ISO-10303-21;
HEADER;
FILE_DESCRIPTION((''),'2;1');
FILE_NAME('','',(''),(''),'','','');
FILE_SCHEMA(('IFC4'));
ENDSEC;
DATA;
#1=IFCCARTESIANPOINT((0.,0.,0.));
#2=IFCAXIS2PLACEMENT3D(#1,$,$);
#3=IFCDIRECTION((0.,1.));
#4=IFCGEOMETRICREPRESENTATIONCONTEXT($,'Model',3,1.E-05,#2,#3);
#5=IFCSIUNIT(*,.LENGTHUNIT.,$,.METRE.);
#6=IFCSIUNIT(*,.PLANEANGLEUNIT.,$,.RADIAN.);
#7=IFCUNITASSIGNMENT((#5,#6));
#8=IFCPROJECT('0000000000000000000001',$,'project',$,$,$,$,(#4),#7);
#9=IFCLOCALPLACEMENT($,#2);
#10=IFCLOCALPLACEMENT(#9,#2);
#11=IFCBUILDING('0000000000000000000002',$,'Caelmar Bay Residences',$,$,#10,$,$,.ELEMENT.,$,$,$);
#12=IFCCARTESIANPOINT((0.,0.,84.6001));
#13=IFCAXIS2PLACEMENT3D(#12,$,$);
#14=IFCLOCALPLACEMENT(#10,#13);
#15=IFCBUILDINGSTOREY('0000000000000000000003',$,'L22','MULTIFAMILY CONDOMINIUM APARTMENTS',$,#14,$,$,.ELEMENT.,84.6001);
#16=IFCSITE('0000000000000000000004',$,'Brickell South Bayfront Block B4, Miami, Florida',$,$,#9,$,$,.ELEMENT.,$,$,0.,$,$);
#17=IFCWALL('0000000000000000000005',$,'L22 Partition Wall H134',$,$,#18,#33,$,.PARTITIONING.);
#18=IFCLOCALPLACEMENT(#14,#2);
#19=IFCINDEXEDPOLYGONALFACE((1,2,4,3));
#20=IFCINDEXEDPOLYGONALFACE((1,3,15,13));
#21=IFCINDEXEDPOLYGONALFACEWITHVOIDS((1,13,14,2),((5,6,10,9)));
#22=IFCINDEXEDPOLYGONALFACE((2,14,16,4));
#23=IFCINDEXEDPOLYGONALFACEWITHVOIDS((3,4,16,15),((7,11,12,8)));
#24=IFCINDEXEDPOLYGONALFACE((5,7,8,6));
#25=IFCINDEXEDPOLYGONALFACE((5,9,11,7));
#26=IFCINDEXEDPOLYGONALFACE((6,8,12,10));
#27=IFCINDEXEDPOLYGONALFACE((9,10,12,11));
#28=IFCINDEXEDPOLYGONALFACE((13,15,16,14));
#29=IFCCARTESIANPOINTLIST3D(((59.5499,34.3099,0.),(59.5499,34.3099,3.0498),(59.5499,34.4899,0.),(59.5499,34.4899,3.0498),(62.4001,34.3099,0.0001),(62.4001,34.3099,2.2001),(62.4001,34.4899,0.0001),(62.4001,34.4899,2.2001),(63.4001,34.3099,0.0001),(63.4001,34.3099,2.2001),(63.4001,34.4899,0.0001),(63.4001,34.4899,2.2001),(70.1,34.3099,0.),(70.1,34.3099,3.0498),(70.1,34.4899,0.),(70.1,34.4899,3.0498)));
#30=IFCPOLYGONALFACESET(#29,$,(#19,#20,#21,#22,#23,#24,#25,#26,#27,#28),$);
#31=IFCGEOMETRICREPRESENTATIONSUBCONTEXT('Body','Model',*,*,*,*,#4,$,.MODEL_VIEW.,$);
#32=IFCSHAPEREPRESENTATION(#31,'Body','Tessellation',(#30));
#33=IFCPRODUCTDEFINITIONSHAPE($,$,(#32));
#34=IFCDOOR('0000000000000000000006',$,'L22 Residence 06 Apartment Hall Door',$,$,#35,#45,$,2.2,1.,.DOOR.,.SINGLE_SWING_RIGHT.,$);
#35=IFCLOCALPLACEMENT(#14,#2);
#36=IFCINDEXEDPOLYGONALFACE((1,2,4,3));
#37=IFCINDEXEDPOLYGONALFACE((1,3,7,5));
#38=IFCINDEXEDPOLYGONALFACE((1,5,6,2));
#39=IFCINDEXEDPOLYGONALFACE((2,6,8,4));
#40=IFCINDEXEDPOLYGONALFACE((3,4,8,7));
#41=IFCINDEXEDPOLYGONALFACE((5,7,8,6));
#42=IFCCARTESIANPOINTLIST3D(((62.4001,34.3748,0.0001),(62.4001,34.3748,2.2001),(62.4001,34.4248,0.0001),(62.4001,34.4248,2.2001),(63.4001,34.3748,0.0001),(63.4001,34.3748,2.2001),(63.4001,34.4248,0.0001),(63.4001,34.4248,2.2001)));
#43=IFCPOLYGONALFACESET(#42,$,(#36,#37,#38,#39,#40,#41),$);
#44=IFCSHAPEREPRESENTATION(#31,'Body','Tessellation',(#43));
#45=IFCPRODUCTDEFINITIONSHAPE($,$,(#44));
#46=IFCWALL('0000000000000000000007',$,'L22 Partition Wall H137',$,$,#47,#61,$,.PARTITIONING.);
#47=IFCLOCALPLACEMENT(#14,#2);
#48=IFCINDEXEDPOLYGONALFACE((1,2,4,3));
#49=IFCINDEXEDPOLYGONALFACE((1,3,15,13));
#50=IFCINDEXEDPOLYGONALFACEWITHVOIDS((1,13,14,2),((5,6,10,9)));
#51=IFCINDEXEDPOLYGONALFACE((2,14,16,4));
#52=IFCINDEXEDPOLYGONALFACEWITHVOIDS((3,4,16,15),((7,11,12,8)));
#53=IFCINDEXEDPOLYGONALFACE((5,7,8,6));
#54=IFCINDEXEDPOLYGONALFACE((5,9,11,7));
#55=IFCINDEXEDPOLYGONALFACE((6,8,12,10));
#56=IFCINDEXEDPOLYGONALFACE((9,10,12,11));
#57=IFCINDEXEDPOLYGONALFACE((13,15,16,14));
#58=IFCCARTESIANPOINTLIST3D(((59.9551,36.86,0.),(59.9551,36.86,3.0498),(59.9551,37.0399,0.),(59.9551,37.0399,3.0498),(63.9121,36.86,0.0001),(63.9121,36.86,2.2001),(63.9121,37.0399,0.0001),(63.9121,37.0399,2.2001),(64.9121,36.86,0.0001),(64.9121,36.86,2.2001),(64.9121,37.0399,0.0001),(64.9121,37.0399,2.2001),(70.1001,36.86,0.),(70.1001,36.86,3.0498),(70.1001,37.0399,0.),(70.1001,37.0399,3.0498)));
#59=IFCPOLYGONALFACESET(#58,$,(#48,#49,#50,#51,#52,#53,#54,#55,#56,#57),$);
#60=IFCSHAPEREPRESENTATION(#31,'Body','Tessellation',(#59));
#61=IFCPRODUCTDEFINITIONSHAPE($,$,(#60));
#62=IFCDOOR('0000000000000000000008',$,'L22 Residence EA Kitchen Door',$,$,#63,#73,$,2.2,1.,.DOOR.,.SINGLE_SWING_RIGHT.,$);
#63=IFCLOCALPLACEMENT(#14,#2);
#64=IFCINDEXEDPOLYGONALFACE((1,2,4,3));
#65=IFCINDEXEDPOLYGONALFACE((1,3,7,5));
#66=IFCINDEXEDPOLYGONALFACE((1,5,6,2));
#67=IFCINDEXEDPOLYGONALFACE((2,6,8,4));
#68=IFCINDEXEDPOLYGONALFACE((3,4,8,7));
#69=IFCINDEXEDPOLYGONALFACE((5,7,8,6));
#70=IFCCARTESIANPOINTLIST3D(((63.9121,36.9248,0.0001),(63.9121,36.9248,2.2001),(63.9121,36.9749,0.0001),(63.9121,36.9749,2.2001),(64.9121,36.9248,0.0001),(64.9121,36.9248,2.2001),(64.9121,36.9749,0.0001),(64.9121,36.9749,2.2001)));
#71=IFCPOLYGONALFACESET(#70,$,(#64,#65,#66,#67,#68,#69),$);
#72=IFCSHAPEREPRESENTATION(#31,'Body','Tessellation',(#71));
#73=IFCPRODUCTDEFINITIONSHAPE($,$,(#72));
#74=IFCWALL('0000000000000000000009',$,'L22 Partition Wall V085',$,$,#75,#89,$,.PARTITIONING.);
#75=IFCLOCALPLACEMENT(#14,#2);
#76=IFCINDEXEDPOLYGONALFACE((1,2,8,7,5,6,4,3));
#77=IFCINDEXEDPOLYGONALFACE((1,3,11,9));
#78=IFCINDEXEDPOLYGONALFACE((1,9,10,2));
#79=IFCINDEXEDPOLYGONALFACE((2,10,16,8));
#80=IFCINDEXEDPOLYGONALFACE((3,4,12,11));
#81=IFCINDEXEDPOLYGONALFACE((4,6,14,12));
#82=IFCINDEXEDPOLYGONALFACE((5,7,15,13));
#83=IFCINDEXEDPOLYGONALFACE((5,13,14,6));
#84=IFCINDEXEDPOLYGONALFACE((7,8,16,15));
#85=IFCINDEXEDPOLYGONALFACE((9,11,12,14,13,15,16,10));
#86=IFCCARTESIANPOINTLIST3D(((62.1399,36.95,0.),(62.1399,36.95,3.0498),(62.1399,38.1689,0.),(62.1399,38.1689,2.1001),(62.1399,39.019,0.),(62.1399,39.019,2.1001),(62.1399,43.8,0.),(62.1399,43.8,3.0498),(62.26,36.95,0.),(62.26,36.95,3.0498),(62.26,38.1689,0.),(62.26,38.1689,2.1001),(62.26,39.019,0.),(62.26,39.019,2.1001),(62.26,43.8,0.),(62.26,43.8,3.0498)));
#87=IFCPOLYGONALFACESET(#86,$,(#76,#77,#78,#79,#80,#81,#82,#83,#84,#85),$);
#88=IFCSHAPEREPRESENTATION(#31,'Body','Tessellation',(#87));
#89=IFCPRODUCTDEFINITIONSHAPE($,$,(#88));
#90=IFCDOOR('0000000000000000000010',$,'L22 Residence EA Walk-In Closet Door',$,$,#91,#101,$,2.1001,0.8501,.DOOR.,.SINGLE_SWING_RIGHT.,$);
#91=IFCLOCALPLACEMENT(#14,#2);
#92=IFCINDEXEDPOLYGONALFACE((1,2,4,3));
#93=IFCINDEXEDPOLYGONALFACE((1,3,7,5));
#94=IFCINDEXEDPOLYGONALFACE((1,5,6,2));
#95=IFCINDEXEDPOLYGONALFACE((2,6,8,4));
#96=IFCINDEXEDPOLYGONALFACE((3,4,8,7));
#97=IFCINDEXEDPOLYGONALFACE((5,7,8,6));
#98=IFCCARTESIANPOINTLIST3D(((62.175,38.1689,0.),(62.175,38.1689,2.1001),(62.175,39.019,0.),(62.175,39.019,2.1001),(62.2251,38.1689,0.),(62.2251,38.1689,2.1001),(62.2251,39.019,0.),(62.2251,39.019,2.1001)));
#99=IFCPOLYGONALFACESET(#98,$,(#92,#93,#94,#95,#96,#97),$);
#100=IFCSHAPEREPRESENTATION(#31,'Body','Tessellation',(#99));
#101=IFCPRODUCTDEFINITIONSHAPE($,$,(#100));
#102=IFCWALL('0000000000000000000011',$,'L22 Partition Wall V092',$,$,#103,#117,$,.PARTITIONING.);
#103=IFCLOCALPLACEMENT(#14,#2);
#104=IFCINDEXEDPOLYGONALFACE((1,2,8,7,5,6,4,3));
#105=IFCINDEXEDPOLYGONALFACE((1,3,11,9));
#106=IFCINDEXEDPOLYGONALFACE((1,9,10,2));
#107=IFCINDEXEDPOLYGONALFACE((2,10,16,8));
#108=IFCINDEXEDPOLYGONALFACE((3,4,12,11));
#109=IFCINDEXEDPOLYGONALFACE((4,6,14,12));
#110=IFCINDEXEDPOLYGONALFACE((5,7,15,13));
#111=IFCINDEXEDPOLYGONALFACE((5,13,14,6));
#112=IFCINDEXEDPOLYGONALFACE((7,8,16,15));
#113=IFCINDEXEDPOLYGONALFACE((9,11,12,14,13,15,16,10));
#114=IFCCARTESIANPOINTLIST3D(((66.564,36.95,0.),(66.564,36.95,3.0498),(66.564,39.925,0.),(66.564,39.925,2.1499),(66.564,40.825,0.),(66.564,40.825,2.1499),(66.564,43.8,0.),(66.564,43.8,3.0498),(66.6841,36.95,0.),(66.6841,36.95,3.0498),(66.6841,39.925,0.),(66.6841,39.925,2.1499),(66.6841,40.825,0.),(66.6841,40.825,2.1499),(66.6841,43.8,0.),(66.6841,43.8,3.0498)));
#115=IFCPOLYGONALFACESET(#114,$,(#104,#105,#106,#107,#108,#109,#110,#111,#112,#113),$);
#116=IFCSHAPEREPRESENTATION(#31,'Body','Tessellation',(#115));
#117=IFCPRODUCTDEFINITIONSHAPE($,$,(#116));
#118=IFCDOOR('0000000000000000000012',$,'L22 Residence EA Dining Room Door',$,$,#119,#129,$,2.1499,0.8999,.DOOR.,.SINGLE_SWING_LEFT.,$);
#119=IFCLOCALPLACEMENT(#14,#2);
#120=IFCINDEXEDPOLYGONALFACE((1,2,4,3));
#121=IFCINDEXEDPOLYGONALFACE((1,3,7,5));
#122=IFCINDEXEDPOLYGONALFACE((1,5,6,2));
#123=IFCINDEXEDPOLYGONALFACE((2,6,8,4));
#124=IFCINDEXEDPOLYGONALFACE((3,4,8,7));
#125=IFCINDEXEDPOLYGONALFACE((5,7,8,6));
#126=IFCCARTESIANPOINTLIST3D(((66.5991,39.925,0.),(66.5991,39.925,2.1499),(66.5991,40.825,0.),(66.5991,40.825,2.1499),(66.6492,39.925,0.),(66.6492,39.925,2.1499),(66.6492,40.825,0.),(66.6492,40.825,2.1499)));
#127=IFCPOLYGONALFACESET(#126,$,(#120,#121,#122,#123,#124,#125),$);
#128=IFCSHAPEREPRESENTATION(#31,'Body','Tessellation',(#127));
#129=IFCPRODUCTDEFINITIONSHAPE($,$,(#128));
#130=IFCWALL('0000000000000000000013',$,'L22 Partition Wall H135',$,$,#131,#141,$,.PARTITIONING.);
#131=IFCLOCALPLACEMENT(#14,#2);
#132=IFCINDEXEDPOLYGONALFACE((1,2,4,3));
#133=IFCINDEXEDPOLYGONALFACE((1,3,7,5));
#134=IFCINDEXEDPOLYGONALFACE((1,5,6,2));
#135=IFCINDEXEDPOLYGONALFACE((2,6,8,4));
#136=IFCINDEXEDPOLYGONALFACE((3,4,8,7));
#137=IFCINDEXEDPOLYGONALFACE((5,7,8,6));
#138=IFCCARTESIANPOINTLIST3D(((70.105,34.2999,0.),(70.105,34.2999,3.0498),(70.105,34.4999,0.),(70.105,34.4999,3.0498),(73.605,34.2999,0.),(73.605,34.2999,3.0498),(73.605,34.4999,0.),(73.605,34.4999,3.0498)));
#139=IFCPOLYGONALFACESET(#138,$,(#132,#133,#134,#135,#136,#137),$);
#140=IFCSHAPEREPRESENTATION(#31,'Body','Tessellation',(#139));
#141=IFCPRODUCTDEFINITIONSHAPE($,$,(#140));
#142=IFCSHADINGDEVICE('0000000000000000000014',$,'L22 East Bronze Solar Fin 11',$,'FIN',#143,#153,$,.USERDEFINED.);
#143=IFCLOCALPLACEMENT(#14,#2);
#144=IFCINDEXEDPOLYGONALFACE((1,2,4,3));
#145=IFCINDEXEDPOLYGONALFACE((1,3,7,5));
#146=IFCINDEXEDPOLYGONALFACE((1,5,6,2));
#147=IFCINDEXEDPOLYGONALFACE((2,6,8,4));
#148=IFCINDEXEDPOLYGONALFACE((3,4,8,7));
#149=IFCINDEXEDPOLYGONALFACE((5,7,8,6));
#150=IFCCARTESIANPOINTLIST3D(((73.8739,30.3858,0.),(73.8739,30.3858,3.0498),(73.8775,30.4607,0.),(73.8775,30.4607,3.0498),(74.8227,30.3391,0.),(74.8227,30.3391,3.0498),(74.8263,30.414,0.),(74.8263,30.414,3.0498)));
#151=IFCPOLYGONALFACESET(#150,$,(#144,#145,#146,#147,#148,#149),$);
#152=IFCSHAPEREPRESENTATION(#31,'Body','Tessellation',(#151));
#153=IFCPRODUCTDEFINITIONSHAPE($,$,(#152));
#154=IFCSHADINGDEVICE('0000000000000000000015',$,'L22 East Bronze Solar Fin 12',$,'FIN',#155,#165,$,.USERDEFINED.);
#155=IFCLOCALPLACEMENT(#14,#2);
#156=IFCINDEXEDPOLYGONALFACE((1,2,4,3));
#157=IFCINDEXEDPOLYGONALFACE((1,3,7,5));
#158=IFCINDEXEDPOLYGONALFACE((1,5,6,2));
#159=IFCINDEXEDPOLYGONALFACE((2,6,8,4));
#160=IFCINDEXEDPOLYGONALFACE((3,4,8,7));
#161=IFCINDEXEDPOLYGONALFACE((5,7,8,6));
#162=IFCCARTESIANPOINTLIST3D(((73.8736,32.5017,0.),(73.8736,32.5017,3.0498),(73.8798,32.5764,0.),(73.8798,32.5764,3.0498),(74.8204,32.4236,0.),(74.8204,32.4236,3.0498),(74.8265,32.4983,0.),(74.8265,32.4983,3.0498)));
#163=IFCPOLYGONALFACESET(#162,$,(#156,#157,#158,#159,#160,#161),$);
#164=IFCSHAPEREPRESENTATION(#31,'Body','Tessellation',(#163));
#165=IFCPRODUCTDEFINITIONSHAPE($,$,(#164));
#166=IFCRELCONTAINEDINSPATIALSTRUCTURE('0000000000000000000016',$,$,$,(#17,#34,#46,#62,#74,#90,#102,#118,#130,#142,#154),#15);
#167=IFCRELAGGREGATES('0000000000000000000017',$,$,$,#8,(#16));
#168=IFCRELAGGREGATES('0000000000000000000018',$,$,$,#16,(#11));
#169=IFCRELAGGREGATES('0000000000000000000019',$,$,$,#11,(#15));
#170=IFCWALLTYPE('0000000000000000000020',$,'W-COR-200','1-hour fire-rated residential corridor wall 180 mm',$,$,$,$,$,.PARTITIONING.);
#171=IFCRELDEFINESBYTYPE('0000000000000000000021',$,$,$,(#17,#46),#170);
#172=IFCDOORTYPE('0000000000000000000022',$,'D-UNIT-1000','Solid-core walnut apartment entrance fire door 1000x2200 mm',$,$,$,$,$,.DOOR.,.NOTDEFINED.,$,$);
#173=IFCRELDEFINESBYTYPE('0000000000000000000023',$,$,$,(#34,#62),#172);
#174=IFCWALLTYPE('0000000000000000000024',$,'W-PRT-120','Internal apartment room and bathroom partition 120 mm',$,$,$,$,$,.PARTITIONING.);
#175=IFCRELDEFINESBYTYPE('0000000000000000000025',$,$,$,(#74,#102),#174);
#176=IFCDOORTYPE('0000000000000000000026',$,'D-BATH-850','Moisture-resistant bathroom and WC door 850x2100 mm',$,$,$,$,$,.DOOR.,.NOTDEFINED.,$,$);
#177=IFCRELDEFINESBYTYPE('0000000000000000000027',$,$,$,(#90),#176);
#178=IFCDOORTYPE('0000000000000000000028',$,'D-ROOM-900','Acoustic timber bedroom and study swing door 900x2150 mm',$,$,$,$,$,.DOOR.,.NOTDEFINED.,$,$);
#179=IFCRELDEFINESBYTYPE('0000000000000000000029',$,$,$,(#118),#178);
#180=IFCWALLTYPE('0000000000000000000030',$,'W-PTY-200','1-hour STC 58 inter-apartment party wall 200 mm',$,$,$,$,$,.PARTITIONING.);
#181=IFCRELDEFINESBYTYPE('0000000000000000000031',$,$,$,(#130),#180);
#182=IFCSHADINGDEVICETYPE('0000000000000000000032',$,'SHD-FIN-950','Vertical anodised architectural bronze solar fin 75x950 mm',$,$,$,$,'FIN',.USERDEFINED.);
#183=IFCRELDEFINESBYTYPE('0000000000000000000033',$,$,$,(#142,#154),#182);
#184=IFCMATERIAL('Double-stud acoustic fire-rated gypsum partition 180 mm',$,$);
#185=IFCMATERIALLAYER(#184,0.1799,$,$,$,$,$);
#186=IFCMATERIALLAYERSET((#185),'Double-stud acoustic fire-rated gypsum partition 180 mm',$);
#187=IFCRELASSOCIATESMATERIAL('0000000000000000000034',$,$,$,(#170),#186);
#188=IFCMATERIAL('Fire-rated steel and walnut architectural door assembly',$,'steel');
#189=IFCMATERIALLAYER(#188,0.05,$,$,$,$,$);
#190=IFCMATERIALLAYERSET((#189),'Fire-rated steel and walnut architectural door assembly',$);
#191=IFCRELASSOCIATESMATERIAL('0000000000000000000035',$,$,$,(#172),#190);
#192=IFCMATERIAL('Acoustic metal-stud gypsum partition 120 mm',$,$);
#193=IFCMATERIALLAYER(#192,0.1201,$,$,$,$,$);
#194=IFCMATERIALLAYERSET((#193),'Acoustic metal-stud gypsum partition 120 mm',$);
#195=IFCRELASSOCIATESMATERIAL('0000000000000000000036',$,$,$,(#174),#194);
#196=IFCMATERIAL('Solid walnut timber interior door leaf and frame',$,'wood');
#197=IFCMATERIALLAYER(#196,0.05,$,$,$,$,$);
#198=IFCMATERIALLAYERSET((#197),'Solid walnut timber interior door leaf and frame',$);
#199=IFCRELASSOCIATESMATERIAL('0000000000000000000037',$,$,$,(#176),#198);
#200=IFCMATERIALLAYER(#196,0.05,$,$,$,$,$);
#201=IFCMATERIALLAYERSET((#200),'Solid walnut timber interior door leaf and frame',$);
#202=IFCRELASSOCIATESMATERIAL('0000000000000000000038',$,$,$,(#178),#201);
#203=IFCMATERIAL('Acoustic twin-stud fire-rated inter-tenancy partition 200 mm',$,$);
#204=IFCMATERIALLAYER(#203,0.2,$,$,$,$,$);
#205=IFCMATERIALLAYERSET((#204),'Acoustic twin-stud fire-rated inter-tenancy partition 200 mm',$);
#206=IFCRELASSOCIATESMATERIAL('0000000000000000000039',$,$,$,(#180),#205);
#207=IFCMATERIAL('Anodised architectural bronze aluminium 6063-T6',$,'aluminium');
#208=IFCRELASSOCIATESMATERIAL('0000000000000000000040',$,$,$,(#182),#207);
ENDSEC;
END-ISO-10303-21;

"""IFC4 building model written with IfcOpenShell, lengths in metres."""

from ifc_helpers import new_model, si_unit, direction, frame, frame_2d, origin, origin_2d, place, context, subcontext, project, spatial, rectangle, extrude, material, layer, layer_set, material_profile, profile_set, type_object, element, fill, save


model = new_model("IFC4")

# Units and contexts
model_context = context("Model", 3, precision=1e-05, world=origin(), true_north=direction((0.0, 1.0)))
body_context = subcontext(model_context, "Body", "Model", "MODEL_VIEW")
ifc_project = project(units=[si_unit("LENGTHUNIT", "METRE"), si_unit("PLANEANGLEUNIT", "RADIAN")], contexts=[model_context])

# Site, building, storey
site_placement = place(None, origin())
site = spatial("IfcSite", under=ifc_project, at=site_placement, Name="Brickell South Bayfront Block B4, Miami, Florida", CompositionType="ELEMENT", RefElevation=0.0)
building_placement = place(site_placement, origin())
building = spatial("IfcBuilding", under=site, at=building_placement, Name="Caelmar Bay Residences", CompositionType="ELEMENT")
storey_placement = place(building_placement, frame((0.0, 0.0, 84.6001)))
storey = spatial("IfcBuildingStorey", under=building, at=storey_placement, Name="L22", Description="MULTIFAMILY CONDOMINIUM APARTMENTS", CompositionType="ELEMENT", Elevation=84.6001)

# Shared definitions
ifc_material_1 = material(Name="Double-stud acoustic fire-rated gypsum partition 180 mm")
ifc_layer_1 = layer(ifc_material_1, 0.1799)
ifc_layer_set_1 = layer_set([ifc_layer_1], Name="Double-stud acoustic fire-rated gypsum partition 180 mm")
wall_type_1 = type_object("IfcWallType", Name="W-COR-200", Description="1-hour fire-rated residential corridor wall 180 mm", PredefinedType="PARTITIONING", material=ifc_layer_set_1)

# Walls, openings, doors
wall_1_placement = place(storey_placement, frame((59.55, 34.3999, 0.0), z_axis=(0.0, 0.0, 1.0), x_axis=(1.0, 0.0, 0.0)))
wall_1 = element("IfcWall", 1, at=wall_1_placement, inside=storey, type_object=wall_type_1, Name="L22 Partition Wall H134", PredefinedType="PARTITIONING", context=body_context, shape_type="SweptSolid", body=[
    extrude(rectangle(XDim=10.55, YDim=0.1799, at=frame_2d((5.2749, 0.0))), origin(), (0.0, 0.0, 1.0), 3.0498),
])
opening_1_placement = place(wall_1_placement, frame((2.8501, 0.0, 0.0)))
opening_1 = element("IfcOpeningElement", 2, at=opening_1_placement, cuts=wall_1, PredefinedType="OPENING", context=body_context, shape_type="SweptSolid", body=[
    extrude(rectangle(XDim=1.0, YDim=2.2, at=frame_2d((0.5, 1.1001))), frame((0.0, 0.0999, 0.0), z_axis=(0.0, -1.0, 0.0), x_axis=(1.0, 0.0, 0.0)), (0.0, 0.0, 1.0), 0.2),
])
ifc_material_2 = material(Name="Fire-rated steel and walnut architectural door assembly", Category="steel")
ifc_layer_2 = layer(ifc_material_2, 0.05)
ifc_layer_set_2 = layer_set([ifc_layer_2], Name="Fire-rated steel and walnut architectural door assembly")
door_type_1 = type_object("IfcDoorType", Name="D-UNIT-1000", Description="Solid-core walnut apartment entrance fire door 1000x2200 mm", OperationType="NOTDEFINED", PredefinedType="DOOR", material=ifc_layer_set_2)
door_1_placement = place(opening_1_placement, origin())
door_1 = element("IfcDoor", 3, at=door_1_placement, inside=storey, type_object=door_type_1, Name="L22 Residence 06 Apartment Hall Door", OperationType="SINGLE_SWING_RIGHT", OverallHeight=2.2, OverallWidth=1.0, PredefinedType="DOOR", context=body_context, shape_type="SweptSolid", body=[
    extrude(rectangle(XDim=1.0, YDim=2.2, at=frame_2d((0.5, 1.1001))), frame((0.0, 0.0249, 0.0), z_axis=(0.0, -1.0, 0.0), x_axis=(1.0, 0.0, 0.0)), (0.0, 0.0, 1.0), 0.05),
])
fill(opening_1, door_1)
wall_2_placement = place(storey_placement, frame((59.9551, 36.95, 0.0), z_axis=(0.0, 0.0, 1.0), x_axis=(1.0, 0.0, 0.0)))
wall_2 = element("IfcWall", 4, at=wall_2_placement, inside=storey, type_object=wall_type_1, Name="L22 Partition Wall H137", PredefinedType="PARTITIONING", context=body_context, shape_type="SweptSolid", body=[
    extrude(rectangle(XDim=10.145, YDim=0.1799, at=frame_2d((5.0725, 0.0))), origin(), (0.0, 0.0, 1.0), 3.0498),
])
opening_2_placement = place(wall_2_placement, frame((3.957, 0.0, 0.0)))
opening_2 = element("IfcOpeningElement", 5, at=opening_2_placement, cuts=wall_2, PredefinedType="OPENING", context=body_context, shape_type="SweptSolid", body=[
    extrude(rectangle(XDim=1.0, YDim=2.2, at=frame_2d((0.5, 1.1001))), frame((0.0, 0.0999, 0.0), z_axis=(0.0, -1.0, 0.0), x_axis=(1.0, 0.0, 0.0)), (0.0, 0.0, 1.0), 0.2),
])
door_2_placement = place(opening_2_placement, origin())
door_2 = element("IfcDoor", 6, at=door_2_placement, inside=storey, type_object=door_type_1, Name="L22 Residence EA Kitchen Door", OperationType="SINGLE_SWING_RIGHT", OverallHeight=2.2, OverallWidth=1.0, PredefinedType="DOOR", context=body_context, shape_type="SweptSolid", body=[
    extrude(rectangle(XDim=1.0, YDim=2.2, at=frame_2d((0.5, 1.1001))), frame((0.0, 0.0249, 0.0), z_axis=(0.0, -1.0, 0.0), x_axis=(1.0, 0.0, 0.0)), (0.0, 0.0, 1.0), 0.05),
])
fill(opening_2, door_2)
ifc_material_3 = material(Name="Acoustic metal-stud gypsum partition 120 mm")
ifc_layer_3 = layer(ifc_material_3, 0.1201)
ifc_layer_set_3 = layer_set([ifc_layer_3], Name="Acoustic metal-stud gypsum partition 120 mm")
wall_type_2 = type_object("IfcWallType", Name="W-PRT-120", Description="Internal apartment room and bathroom partition 120 mm", PredefinedType="PARTITIONING", material=ifc_layer_set_3)
wall_3_placement = place(storey_placement, frame((62.2, 36.95, 0.0), z_axis=(0.0, 0.0, 1.0), x_axis=(0.0, 1.0, 0.0)))
wall_3 = element("IfcWall", 7, at=wall_3_placement, inside=storey, type_object=wall_type_2, Name="L22 Partition Wall V085", PredefinedType="PARTITIONING", context=body_context, shape_type="SweptSolid", body=[
    extrude(rectangle(XDim=6.8501, YDim=0.1201, at=frame_2d((3.425, 0.0))), origin(), (0.0, 0.0, 1.0), 3.0498),
])
opening_3_placement = place(wall_3_placement, frame((1.219, 0.0, 0.0)))
opening_3 = element("IfcOpeningElement", 8, at=opening_3_placement, cuts=wall_3, PredefinedType="OPENING", context=body_context, shape_type="SweptSolid", body=[
    extrude(rectangle(XDim=0.8501, YDim=2.1001, at=frame_2d((0.425, 1.05))), frame((0.0, 0.0701, 0.0), z_axis=(0.0, -1.0, 0.0), x_axis=(1.0, 0.0, 0.0)), (0.0, 0.0, 1.0), 0.1401),
])
ifc_material_4 = material(Name="Solid walnut timber interior door leaf and frame", Category="wood")
ifc_layer_4 = layer(ifc_material_4, 0.05)
ifc_layer_set_4 = layer_set([ifc_layer_4], Name="Solid walnut timber interior door leaf and frame")
door_type_2 = type_object("IfcDoorType", Name="D-BATH-850", Description="Moisture-resistant bathroom and WC door 850x2100 mm", OperationType="NOTDEFINED", PredefinedType="DOOR", material=ifc_layer_set_4)
door_3_placement = place(opening_3_placement, origin())
door_3 = element("IfcDoor", 9, at=door_3_placement, inside=storey, type_object=door_type_2, Name="L22 Residence EA Walk-In Closet Door", OperationType="SINGLE_SWING_RIGHT", OverallHeight=2.1001, OverallWidth=0.8501, PredefinedType="DOOR", context=body_context, shape_type="SweptSolid", body=[
    extrude(rectangle(XDim=0.8501, YDim=2.1001, at=frame_2d((0.425, 1.05))), frame((0.0, 0.0249, 0.0), z_axis=(0.0, -1.0, 0.0), x_axis=(1.0, 0.0, 0.0)), (0.0, 0.0, 1.0), 0.05),
])
fill(opening_3, door_3)
wall_4_placement = place(storey_placement, frame((66.624, 36.95, 0.0), z_axis=(0.0, 0.0, 1.0), x_axis=(0.0, 1.0, 0.0)))
wall_4 = element("IfcWall", 10, at=wall_4_placement, inside=storey, type_object=wall_type_2, Name="L22 Partition Wall V092", PredefinedType="PARTITIONING", context=body_context, shape_type="SweptSolid", body=[
    extrude(rectangle(XDim=6.8501, YDim=0.1201, at=frame_2d((3.425, 0.0))), origin(), (0.0, 0.0, 1.0), 3.0498),
])
opening_4_placement = place(wall_4_placement, frame((2.9751, 0.0, 0.0)))
opening_4 = element("IfcOpeningElement", 11, at=opening_4_placement, cuts=wall_4, PredefinedType="OPENING", context=body_context, shape_type="SweptSolid", body=[
    extrude(rectangle(XDim=0.8999, YDim=2.1499, at=frame_2d((0.45, 1.075))), frame((0.0, 0.0701, 0.0), z_axis=(0.0, -1.0, 0.0), x_axis=(1.0, 0.0, 0.0)), (0.0, 0.0, 1.0), 0.1401),
])
ifc_layer_5 = layer(ifc_material_4, 0.05)
ifc_layer_set_5 = layer_set([ifc_layer_5], Name="Solid walnut timber interior door leaf and frame")
door_type_3 = type_object("IfcDoorType", Name="D-ROOM-900", Description="Acoustic timber bedroom and study swing door 900x2150 mm", OperationType="NOTDEFINED", PredefinedType="DOOR", material=ifc_layer_set_5)
door_4_placement = place(opening_4_placement, origin())
door_4 = element("IfcDoor", 12, at=door_4_placement, inside=storey, type_object=door_type_3, Name="L22 Residence EA Dining Room Door", OperationType="SINGLE_SWING_LEFT", OverallHeight=2.1499, OverallWidth=0.8999, PredefinedType="DOOR", context=body_context, shape_type="SweptSolid", body=[
    extrude(rectangle(XDim=0.8999, YDim=2.1499, at=frame_2d((0.45, 1.075))), frame((0.0, 0.0249, 0.0), z_axis=(0.0, -1.0, 0.0), x_axis=(1.0, 0.0, 0.0)), (0.0, 0.0, 1.0), 0.05),
])
fill(opening_4, door_4)

# Wall
ifc_material_5 = material(Name="Acoustic twin-stud fire-rated inter-tenancy partition 200 mm")
ifc_layer_6 = layer(ifc_material_5, 0.2)
ifc_layer_set_6 = layer_set([ifc_layer_6], Name="Acoustic twin-stud fire-rated inter-tenancy partition 200 mm")
wall_type_3 = type_object("IfcWallType", Name="W-PTY-200", Description="1-hour STC 58 inter-apartment party wall 200 mm", PredefinedType="PARTITIONING", material=ifc_layer_set_6)
wall_5_placement = place(storey_placement, frame((70.105, 34.3999, 0.0), z_axis=(0.0, 0.0, 1.0), x_axis=(1.0, 0.0, 0.0)))
element("IfcWall", 13, at=wall_5_placement, inside=storey, type_object=wall_type_3, Name="L22 Partition Wall H135", PredefinedType="PARTITIONING", context=body_context, shape_type="SweptSolid", body=[
    extrude(rectangle(XDim=3.5, YDim=0.2, at=frame_2d((1.75, 0.0))), origin(), (0.0, 0.0, 1.0), 3.0498),
])

# Shading devices
ifc_material_6 = material(Name="Anodised architectural bronze aluminium 6063-T6", Category="aluminium")
ifc_material_profile_1 = material_profile(ifc_material_6, rectangle(XDim=0.075, YDim=0.95, at=origin_2d()), Name="BRONZE-FIN-75X950")
ifc_profile_set_1 = profile_set([ifc_material_profile_1], Name="Anodised architectural bronze aluminium 6063-T6")
shading_device_type = type_object("IfcShadingDeviceType", Name="SHD-FIN-950", Description="Vertical anodised architectural bronze solar fin 75x950 mm", ElementType="FIN", PredefinedType="USERDEFINED", material=ifc_profile_set_1)
for number, where, z_axis, x_axis, name in (
    (14, (74.3501, 30.3999, 0.0), (0.0, 0.0, 1.0), (0.049198, 0.998789, 0.0), "L22 East Bronze Solar Fin 11"),
    (15, (74.3501, 32.5, 0.0), (0.0, 0.0, 1.0), (0.082112, 0.996623, 0.0), "L22 East Bronze Solar Fin 12"),
):
    element("IfcShadingDevice", number, at=place(storey_placement, frame(where, z_axis=z_axis, x_axis=x_axis)), inside=storey, type_object=shading_device_type, Name=name, ObjectType="FIN", PredefinedType="USERDEFINED", context=body_context, shape_type="SweptSolid", body=[
        extrude(rectangle(XDim=0.075, YDim=0.95, at=origin_2d()), origin(), (0.0, 0.0, 1.0), 3.0498),
    ])

save(model, "model.ifc")
